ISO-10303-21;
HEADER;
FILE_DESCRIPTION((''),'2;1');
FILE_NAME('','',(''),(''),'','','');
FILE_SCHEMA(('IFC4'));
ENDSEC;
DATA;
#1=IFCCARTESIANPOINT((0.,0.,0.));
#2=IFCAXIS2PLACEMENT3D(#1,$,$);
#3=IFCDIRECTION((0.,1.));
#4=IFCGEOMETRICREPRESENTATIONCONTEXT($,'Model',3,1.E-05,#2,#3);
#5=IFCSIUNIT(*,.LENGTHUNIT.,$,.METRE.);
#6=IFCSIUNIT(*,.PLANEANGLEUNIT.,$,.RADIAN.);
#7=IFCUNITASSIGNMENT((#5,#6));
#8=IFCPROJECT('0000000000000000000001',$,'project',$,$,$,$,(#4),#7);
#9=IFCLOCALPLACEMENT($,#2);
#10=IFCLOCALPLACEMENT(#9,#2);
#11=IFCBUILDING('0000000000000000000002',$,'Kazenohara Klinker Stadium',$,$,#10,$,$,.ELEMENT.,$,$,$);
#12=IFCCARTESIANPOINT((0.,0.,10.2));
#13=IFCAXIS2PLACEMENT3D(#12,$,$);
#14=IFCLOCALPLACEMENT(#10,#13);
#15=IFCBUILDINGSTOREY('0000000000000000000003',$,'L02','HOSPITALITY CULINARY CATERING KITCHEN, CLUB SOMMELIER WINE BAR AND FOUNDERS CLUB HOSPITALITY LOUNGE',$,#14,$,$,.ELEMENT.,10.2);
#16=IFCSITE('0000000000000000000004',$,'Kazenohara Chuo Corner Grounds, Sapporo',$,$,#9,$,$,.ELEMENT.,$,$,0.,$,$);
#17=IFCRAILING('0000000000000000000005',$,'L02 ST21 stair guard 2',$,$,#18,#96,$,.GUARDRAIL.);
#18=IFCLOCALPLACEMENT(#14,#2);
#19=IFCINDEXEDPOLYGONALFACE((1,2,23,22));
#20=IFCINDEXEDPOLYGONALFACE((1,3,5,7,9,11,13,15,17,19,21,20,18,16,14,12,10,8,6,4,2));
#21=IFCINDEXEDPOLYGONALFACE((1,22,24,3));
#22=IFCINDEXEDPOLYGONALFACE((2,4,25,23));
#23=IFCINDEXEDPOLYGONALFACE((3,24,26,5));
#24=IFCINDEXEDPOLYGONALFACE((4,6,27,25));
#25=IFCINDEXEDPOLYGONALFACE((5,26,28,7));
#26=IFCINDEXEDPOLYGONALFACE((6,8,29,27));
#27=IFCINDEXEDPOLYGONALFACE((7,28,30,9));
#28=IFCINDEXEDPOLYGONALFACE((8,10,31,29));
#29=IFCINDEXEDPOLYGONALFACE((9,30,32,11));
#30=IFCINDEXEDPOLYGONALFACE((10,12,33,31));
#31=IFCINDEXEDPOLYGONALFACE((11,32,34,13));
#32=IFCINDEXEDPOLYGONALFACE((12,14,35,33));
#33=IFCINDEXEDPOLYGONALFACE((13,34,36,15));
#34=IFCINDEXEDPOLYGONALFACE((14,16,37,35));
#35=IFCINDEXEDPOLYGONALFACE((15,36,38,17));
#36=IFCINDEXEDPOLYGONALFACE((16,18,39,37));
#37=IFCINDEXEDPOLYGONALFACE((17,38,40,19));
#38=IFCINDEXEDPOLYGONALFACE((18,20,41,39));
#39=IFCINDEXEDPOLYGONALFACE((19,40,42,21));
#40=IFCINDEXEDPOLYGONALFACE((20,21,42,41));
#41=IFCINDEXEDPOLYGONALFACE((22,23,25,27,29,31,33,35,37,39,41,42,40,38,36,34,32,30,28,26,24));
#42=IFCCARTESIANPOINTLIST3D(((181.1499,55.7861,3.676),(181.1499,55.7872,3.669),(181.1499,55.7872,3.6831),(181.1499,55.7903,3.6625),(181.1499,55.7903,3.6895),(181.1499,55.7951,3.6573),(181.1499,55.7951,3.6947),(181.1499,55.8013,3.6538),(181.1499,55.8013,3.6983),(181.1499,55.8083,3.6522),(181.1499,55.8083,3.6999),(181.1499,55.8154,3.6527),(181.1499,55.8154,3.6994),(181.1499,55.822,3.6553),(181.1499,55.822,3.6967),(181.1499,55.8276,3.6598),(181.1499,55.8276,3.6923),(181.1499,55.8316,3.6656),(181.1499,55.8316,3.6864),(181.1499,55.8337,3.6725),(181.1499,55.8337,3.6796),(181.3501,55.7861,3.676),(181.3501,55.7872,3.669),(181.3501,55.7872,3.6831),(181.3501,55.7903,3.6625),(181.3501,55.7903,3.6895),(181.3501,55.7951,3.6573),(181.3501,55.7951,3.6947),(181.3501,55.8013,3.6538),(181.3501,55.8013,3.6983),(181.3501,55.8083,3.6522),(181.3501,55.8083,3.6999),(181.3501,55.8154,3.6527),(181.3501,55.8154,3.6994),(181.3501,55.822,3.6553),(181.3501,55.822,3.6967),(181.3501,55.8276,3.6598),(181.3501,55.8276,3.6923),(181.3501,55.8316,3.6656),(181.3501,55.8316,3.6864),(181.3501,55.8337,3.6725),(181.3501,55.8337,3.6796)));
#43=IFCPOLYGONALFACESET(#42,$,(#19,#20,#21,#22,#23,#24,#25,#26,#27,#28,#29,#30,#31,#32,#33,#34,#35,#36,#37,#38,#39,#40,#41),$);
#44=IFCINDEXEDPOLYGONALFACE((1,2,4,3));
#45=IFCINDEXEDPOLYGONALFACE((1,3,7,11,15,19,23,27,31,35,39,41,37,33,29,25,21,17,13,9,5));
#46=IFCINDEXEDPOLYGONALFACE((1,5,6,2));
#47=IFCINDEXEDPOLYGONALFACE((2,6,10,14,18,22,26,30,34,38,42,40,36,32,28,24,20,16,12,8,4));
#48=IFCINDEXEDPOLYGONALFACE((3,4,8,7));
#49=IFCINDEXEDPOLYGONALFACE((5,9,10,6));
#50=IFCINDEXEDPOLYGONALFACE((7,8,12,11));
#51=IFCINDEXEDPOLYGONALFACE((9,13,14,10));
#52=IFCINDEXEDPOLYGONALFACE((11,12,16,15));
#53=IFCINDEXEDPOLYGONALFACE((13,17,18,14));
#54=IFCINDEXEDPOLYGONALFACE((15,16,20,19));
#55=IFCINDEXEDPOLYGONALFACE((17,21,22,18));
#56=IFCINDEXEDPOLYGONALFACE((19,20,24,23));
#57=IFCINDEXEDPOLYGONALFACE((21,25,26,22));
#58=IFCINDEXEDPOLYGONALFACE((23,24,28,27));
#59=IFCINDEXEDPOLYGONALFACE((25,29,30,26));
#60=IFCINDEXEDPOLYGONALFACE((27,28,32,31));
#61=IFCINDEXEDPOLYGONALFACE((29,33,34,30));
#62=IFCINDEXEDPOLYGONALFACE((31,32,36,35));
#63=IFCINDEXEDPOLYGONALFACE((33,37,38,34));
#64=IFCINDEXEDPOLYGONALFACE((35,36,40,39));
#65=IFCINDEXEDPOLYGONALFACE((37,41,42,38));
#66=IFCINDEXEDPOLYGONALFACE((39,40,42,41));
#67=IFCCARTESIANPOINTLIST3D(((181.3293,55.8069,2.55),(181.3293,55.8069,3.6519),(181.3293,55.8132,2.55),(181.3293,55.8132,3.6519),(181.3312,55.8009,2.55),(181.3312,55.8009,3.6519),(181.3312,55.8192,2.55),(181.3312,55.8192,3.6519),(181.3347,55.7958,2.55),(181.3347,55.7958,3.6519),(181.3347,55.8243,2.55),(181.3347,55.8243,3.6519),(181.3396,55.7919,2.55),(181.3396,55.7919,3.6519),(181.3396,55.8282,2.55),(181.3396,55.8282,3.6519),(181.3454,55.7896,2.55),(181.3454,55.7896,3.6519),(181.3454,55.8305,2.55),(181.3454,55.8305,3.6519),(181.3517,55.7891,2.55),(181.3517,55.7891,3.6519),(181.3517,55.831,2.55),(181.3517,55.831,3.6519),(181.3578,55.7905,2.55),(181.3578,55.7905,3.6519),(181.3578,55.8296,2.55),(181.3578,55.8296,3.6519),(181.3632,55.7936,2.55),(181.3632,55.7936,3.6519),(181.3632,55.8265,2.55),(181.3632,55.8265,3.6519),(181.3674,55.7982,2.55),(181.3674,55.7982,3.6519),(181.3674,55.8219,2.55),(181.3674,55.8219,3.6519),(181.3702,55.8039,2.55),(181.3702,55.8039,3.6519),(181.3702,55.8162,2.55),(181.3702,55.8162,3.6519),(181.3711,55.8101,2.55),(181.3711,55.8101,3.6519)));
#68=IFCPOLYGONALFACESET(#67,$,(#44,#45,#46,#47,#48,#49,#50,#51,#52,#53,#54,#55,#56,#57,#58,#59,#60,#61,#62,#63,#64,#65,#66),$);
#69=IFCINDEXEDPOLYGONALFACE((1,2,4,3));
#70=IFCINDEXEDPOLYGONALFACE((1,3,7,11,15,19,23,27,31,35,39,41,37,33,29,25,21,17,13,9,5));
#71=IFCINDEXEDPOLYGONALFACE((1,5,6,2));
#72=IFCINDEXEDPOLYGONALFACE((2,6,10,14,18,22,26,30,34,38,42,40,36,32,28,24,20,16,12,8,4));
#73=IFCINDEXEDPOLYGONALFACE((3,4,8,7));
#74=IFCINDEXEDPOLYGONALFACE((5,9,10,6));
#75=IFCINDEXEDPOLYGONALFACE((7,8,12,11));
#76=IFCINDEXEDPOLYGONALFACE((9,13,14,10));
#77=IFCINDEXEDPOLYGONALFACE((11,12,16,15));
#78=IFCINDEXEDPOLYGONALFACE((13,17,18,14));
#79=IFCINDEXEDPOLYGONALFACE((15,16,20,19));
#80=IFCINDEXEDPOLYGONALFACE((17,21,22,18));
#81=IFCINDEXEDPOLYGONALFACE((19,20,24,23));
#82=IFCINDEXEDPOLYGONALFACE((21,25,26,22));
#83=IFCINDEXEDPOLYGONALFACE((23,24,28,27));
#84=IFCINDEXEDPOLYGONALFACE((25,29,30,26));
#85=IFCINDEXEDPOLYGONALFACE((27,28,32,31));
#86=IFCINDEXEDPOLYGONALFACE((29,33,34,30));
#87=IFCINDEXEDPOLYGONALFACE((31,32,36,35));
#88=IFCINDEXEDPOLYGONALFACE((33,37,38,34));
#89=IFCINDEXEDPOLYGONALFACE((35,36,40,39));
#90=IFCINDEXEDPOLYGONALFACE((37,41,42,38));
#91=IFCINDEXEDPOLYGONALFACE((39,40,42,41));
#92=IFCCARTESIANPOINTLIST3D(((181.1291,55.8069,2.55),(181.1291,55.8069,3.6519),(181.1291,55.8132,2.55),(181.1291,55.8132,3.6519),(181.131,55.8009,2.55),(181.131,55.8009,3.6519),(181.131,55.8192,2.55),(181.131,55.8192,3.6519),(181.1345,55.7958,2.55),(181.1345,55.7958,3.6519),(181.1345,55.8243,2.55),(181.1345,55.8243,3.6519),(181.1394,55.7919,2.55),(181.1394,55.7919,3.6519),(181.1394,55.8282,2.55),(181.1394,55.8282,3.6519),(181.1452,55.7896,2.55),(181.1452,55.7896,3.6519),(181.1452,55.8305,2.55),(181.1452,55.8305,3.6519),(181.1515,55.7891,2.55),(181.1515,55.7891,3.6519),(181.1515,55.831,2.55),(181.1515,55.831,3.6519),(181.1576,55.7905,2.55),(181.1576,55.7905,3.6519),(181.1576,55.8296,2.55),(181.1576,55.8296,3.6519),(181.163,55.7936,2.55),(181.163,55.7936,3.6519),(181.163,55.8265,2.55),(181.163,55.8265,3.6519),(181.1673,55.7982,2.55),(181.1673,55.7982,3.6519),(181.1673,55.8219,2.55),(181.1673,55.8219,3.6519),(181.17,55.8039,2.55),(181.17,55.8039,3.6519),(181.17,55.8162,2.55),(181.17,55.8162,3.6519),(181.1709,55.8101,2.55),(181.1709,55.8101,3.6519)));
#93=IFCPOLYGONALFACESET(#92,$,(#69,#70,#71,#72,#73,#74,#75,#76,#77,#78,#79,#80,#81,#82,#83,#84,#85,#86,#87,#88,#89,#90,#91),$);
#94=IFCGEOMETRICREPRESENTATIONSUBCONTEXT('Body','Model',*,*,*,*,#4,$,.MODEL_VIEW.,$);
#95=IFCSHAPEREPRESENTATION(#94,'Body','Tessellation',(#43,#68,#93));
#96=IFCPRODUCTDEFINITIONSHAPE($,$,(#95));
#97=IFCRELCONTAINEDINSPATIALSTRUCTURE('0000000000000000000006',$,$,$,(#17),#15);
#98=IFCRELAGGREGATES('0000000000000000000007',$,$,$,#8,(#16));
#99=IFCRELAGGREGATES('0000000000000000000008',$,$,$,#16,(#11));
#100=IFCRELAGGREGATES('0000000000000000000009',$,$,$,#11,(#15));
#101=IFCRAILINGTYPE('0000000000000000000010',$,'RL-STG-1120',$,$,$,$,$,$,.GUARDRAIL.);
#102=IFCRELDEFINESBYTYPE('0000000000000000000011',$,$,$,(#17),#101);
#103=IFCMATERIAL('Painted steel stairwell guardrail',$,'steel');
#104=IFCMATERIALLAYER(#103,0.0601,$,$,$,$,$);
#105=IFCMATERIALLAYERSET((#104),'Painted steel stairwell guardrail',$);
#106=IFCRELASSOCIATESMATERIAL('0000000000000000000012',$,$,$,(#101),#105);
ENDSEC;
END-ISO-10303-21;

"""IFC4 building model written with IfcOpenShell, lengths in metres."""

from ifc_helpers import new_model, si_unit, direction, frame, origin, origin_2d, place, context, subcontext, project, spatial, circle, extrude, material, layer, layer_set, type_object, element, save


model = new_model("IFC4")

# Units and contexts
model_context = context("Model", 3, precision=1e-05, world=origin(), true_north=direction((0.0, 1.0)))
body_context = subcontext(model_context, "Body", "Model", "MODEL_VIEW")
ifc_project = project(units=[si_unit("LENGTHUNIT", "METRE"), si_unit("PLANEANGLEUNIT", "RADIAN")], contexts=[model_context])

# Site, building, storey
site_placement = place(None, origin())
site = spatial("IfcSite", under=ifc_project, at=site_placement, Name="Kazenohara Chuo Corner Grounds, Sapporo", CompositionType="ELEMENT", RefElevation=0.0)
building_placement = place(site_placement, origin())
building = spatial("IfcBuilding", under=site, at=building_placement, Name="Kazenohara Klinker Stadium", CompositionType="ELEMENT")
storey_placement = place(building_placement, frame((0.0, 0.0, 10.2)))
storey = spatial("IfcBuildingStorey", under=building, at=storey_placement, Name="L02", Description="HOSPITALITY CULINARY CATERING KITCHEN, CLUB SOMMELIER WINE BAR AND FOUNDERS CLUB HOSPITALITY LOUNGE", CompositionType="ELEMENT", Elevation=10.2)

# Railing
ifc_material_1 = material(Name="Painted steel stairwell guardrail", Category="steel")
ifc_layer_1 = layer(ifc_material_1, 0.0601)
ifc_layer_set_1 = layer_set([ifc_layer_1], Name="Painted steel stairwell guardrail")
railing_type_1 = type_object("IfcRailingType", Name="RL-STG-1120", PredefinedType="GUARDRAIL", material=ifc_layer_set_1)
railing_1_placement = place(storey_placement, frame((181.3501, 55.8101, 2.55)))
element("IfcRailing", 1, at=railing_1_placement, inside=storey, type_object=railing_type_1, Name="L02 ST21 stair guard 2", PredefinedType="GUARDRAIL", context=body_context, shape_type="SweptSolid", body=[
    extrude(circle(Radius=0.0239, at=origin_2d()), frame((0.0, 0.0, 1.126), z_axis=(-1.0, 0.0, 0.0), x_axis=(0.0, -1.0, 0.0)), (0.0, 0.0, 1.0), 0.2002),
    extrude(circle(Radius=0.021, at=origin_2d()), origin(), (0.0, 0.0, 1.0), 1.1018),
    extrude(circle(Radius=0.021, at=origin_2d()), frame((-0.2002, 0.0, 0.0)), (0.0, 0.0, 1.0), 1.1018),
])

save(model, "model.ifc")
